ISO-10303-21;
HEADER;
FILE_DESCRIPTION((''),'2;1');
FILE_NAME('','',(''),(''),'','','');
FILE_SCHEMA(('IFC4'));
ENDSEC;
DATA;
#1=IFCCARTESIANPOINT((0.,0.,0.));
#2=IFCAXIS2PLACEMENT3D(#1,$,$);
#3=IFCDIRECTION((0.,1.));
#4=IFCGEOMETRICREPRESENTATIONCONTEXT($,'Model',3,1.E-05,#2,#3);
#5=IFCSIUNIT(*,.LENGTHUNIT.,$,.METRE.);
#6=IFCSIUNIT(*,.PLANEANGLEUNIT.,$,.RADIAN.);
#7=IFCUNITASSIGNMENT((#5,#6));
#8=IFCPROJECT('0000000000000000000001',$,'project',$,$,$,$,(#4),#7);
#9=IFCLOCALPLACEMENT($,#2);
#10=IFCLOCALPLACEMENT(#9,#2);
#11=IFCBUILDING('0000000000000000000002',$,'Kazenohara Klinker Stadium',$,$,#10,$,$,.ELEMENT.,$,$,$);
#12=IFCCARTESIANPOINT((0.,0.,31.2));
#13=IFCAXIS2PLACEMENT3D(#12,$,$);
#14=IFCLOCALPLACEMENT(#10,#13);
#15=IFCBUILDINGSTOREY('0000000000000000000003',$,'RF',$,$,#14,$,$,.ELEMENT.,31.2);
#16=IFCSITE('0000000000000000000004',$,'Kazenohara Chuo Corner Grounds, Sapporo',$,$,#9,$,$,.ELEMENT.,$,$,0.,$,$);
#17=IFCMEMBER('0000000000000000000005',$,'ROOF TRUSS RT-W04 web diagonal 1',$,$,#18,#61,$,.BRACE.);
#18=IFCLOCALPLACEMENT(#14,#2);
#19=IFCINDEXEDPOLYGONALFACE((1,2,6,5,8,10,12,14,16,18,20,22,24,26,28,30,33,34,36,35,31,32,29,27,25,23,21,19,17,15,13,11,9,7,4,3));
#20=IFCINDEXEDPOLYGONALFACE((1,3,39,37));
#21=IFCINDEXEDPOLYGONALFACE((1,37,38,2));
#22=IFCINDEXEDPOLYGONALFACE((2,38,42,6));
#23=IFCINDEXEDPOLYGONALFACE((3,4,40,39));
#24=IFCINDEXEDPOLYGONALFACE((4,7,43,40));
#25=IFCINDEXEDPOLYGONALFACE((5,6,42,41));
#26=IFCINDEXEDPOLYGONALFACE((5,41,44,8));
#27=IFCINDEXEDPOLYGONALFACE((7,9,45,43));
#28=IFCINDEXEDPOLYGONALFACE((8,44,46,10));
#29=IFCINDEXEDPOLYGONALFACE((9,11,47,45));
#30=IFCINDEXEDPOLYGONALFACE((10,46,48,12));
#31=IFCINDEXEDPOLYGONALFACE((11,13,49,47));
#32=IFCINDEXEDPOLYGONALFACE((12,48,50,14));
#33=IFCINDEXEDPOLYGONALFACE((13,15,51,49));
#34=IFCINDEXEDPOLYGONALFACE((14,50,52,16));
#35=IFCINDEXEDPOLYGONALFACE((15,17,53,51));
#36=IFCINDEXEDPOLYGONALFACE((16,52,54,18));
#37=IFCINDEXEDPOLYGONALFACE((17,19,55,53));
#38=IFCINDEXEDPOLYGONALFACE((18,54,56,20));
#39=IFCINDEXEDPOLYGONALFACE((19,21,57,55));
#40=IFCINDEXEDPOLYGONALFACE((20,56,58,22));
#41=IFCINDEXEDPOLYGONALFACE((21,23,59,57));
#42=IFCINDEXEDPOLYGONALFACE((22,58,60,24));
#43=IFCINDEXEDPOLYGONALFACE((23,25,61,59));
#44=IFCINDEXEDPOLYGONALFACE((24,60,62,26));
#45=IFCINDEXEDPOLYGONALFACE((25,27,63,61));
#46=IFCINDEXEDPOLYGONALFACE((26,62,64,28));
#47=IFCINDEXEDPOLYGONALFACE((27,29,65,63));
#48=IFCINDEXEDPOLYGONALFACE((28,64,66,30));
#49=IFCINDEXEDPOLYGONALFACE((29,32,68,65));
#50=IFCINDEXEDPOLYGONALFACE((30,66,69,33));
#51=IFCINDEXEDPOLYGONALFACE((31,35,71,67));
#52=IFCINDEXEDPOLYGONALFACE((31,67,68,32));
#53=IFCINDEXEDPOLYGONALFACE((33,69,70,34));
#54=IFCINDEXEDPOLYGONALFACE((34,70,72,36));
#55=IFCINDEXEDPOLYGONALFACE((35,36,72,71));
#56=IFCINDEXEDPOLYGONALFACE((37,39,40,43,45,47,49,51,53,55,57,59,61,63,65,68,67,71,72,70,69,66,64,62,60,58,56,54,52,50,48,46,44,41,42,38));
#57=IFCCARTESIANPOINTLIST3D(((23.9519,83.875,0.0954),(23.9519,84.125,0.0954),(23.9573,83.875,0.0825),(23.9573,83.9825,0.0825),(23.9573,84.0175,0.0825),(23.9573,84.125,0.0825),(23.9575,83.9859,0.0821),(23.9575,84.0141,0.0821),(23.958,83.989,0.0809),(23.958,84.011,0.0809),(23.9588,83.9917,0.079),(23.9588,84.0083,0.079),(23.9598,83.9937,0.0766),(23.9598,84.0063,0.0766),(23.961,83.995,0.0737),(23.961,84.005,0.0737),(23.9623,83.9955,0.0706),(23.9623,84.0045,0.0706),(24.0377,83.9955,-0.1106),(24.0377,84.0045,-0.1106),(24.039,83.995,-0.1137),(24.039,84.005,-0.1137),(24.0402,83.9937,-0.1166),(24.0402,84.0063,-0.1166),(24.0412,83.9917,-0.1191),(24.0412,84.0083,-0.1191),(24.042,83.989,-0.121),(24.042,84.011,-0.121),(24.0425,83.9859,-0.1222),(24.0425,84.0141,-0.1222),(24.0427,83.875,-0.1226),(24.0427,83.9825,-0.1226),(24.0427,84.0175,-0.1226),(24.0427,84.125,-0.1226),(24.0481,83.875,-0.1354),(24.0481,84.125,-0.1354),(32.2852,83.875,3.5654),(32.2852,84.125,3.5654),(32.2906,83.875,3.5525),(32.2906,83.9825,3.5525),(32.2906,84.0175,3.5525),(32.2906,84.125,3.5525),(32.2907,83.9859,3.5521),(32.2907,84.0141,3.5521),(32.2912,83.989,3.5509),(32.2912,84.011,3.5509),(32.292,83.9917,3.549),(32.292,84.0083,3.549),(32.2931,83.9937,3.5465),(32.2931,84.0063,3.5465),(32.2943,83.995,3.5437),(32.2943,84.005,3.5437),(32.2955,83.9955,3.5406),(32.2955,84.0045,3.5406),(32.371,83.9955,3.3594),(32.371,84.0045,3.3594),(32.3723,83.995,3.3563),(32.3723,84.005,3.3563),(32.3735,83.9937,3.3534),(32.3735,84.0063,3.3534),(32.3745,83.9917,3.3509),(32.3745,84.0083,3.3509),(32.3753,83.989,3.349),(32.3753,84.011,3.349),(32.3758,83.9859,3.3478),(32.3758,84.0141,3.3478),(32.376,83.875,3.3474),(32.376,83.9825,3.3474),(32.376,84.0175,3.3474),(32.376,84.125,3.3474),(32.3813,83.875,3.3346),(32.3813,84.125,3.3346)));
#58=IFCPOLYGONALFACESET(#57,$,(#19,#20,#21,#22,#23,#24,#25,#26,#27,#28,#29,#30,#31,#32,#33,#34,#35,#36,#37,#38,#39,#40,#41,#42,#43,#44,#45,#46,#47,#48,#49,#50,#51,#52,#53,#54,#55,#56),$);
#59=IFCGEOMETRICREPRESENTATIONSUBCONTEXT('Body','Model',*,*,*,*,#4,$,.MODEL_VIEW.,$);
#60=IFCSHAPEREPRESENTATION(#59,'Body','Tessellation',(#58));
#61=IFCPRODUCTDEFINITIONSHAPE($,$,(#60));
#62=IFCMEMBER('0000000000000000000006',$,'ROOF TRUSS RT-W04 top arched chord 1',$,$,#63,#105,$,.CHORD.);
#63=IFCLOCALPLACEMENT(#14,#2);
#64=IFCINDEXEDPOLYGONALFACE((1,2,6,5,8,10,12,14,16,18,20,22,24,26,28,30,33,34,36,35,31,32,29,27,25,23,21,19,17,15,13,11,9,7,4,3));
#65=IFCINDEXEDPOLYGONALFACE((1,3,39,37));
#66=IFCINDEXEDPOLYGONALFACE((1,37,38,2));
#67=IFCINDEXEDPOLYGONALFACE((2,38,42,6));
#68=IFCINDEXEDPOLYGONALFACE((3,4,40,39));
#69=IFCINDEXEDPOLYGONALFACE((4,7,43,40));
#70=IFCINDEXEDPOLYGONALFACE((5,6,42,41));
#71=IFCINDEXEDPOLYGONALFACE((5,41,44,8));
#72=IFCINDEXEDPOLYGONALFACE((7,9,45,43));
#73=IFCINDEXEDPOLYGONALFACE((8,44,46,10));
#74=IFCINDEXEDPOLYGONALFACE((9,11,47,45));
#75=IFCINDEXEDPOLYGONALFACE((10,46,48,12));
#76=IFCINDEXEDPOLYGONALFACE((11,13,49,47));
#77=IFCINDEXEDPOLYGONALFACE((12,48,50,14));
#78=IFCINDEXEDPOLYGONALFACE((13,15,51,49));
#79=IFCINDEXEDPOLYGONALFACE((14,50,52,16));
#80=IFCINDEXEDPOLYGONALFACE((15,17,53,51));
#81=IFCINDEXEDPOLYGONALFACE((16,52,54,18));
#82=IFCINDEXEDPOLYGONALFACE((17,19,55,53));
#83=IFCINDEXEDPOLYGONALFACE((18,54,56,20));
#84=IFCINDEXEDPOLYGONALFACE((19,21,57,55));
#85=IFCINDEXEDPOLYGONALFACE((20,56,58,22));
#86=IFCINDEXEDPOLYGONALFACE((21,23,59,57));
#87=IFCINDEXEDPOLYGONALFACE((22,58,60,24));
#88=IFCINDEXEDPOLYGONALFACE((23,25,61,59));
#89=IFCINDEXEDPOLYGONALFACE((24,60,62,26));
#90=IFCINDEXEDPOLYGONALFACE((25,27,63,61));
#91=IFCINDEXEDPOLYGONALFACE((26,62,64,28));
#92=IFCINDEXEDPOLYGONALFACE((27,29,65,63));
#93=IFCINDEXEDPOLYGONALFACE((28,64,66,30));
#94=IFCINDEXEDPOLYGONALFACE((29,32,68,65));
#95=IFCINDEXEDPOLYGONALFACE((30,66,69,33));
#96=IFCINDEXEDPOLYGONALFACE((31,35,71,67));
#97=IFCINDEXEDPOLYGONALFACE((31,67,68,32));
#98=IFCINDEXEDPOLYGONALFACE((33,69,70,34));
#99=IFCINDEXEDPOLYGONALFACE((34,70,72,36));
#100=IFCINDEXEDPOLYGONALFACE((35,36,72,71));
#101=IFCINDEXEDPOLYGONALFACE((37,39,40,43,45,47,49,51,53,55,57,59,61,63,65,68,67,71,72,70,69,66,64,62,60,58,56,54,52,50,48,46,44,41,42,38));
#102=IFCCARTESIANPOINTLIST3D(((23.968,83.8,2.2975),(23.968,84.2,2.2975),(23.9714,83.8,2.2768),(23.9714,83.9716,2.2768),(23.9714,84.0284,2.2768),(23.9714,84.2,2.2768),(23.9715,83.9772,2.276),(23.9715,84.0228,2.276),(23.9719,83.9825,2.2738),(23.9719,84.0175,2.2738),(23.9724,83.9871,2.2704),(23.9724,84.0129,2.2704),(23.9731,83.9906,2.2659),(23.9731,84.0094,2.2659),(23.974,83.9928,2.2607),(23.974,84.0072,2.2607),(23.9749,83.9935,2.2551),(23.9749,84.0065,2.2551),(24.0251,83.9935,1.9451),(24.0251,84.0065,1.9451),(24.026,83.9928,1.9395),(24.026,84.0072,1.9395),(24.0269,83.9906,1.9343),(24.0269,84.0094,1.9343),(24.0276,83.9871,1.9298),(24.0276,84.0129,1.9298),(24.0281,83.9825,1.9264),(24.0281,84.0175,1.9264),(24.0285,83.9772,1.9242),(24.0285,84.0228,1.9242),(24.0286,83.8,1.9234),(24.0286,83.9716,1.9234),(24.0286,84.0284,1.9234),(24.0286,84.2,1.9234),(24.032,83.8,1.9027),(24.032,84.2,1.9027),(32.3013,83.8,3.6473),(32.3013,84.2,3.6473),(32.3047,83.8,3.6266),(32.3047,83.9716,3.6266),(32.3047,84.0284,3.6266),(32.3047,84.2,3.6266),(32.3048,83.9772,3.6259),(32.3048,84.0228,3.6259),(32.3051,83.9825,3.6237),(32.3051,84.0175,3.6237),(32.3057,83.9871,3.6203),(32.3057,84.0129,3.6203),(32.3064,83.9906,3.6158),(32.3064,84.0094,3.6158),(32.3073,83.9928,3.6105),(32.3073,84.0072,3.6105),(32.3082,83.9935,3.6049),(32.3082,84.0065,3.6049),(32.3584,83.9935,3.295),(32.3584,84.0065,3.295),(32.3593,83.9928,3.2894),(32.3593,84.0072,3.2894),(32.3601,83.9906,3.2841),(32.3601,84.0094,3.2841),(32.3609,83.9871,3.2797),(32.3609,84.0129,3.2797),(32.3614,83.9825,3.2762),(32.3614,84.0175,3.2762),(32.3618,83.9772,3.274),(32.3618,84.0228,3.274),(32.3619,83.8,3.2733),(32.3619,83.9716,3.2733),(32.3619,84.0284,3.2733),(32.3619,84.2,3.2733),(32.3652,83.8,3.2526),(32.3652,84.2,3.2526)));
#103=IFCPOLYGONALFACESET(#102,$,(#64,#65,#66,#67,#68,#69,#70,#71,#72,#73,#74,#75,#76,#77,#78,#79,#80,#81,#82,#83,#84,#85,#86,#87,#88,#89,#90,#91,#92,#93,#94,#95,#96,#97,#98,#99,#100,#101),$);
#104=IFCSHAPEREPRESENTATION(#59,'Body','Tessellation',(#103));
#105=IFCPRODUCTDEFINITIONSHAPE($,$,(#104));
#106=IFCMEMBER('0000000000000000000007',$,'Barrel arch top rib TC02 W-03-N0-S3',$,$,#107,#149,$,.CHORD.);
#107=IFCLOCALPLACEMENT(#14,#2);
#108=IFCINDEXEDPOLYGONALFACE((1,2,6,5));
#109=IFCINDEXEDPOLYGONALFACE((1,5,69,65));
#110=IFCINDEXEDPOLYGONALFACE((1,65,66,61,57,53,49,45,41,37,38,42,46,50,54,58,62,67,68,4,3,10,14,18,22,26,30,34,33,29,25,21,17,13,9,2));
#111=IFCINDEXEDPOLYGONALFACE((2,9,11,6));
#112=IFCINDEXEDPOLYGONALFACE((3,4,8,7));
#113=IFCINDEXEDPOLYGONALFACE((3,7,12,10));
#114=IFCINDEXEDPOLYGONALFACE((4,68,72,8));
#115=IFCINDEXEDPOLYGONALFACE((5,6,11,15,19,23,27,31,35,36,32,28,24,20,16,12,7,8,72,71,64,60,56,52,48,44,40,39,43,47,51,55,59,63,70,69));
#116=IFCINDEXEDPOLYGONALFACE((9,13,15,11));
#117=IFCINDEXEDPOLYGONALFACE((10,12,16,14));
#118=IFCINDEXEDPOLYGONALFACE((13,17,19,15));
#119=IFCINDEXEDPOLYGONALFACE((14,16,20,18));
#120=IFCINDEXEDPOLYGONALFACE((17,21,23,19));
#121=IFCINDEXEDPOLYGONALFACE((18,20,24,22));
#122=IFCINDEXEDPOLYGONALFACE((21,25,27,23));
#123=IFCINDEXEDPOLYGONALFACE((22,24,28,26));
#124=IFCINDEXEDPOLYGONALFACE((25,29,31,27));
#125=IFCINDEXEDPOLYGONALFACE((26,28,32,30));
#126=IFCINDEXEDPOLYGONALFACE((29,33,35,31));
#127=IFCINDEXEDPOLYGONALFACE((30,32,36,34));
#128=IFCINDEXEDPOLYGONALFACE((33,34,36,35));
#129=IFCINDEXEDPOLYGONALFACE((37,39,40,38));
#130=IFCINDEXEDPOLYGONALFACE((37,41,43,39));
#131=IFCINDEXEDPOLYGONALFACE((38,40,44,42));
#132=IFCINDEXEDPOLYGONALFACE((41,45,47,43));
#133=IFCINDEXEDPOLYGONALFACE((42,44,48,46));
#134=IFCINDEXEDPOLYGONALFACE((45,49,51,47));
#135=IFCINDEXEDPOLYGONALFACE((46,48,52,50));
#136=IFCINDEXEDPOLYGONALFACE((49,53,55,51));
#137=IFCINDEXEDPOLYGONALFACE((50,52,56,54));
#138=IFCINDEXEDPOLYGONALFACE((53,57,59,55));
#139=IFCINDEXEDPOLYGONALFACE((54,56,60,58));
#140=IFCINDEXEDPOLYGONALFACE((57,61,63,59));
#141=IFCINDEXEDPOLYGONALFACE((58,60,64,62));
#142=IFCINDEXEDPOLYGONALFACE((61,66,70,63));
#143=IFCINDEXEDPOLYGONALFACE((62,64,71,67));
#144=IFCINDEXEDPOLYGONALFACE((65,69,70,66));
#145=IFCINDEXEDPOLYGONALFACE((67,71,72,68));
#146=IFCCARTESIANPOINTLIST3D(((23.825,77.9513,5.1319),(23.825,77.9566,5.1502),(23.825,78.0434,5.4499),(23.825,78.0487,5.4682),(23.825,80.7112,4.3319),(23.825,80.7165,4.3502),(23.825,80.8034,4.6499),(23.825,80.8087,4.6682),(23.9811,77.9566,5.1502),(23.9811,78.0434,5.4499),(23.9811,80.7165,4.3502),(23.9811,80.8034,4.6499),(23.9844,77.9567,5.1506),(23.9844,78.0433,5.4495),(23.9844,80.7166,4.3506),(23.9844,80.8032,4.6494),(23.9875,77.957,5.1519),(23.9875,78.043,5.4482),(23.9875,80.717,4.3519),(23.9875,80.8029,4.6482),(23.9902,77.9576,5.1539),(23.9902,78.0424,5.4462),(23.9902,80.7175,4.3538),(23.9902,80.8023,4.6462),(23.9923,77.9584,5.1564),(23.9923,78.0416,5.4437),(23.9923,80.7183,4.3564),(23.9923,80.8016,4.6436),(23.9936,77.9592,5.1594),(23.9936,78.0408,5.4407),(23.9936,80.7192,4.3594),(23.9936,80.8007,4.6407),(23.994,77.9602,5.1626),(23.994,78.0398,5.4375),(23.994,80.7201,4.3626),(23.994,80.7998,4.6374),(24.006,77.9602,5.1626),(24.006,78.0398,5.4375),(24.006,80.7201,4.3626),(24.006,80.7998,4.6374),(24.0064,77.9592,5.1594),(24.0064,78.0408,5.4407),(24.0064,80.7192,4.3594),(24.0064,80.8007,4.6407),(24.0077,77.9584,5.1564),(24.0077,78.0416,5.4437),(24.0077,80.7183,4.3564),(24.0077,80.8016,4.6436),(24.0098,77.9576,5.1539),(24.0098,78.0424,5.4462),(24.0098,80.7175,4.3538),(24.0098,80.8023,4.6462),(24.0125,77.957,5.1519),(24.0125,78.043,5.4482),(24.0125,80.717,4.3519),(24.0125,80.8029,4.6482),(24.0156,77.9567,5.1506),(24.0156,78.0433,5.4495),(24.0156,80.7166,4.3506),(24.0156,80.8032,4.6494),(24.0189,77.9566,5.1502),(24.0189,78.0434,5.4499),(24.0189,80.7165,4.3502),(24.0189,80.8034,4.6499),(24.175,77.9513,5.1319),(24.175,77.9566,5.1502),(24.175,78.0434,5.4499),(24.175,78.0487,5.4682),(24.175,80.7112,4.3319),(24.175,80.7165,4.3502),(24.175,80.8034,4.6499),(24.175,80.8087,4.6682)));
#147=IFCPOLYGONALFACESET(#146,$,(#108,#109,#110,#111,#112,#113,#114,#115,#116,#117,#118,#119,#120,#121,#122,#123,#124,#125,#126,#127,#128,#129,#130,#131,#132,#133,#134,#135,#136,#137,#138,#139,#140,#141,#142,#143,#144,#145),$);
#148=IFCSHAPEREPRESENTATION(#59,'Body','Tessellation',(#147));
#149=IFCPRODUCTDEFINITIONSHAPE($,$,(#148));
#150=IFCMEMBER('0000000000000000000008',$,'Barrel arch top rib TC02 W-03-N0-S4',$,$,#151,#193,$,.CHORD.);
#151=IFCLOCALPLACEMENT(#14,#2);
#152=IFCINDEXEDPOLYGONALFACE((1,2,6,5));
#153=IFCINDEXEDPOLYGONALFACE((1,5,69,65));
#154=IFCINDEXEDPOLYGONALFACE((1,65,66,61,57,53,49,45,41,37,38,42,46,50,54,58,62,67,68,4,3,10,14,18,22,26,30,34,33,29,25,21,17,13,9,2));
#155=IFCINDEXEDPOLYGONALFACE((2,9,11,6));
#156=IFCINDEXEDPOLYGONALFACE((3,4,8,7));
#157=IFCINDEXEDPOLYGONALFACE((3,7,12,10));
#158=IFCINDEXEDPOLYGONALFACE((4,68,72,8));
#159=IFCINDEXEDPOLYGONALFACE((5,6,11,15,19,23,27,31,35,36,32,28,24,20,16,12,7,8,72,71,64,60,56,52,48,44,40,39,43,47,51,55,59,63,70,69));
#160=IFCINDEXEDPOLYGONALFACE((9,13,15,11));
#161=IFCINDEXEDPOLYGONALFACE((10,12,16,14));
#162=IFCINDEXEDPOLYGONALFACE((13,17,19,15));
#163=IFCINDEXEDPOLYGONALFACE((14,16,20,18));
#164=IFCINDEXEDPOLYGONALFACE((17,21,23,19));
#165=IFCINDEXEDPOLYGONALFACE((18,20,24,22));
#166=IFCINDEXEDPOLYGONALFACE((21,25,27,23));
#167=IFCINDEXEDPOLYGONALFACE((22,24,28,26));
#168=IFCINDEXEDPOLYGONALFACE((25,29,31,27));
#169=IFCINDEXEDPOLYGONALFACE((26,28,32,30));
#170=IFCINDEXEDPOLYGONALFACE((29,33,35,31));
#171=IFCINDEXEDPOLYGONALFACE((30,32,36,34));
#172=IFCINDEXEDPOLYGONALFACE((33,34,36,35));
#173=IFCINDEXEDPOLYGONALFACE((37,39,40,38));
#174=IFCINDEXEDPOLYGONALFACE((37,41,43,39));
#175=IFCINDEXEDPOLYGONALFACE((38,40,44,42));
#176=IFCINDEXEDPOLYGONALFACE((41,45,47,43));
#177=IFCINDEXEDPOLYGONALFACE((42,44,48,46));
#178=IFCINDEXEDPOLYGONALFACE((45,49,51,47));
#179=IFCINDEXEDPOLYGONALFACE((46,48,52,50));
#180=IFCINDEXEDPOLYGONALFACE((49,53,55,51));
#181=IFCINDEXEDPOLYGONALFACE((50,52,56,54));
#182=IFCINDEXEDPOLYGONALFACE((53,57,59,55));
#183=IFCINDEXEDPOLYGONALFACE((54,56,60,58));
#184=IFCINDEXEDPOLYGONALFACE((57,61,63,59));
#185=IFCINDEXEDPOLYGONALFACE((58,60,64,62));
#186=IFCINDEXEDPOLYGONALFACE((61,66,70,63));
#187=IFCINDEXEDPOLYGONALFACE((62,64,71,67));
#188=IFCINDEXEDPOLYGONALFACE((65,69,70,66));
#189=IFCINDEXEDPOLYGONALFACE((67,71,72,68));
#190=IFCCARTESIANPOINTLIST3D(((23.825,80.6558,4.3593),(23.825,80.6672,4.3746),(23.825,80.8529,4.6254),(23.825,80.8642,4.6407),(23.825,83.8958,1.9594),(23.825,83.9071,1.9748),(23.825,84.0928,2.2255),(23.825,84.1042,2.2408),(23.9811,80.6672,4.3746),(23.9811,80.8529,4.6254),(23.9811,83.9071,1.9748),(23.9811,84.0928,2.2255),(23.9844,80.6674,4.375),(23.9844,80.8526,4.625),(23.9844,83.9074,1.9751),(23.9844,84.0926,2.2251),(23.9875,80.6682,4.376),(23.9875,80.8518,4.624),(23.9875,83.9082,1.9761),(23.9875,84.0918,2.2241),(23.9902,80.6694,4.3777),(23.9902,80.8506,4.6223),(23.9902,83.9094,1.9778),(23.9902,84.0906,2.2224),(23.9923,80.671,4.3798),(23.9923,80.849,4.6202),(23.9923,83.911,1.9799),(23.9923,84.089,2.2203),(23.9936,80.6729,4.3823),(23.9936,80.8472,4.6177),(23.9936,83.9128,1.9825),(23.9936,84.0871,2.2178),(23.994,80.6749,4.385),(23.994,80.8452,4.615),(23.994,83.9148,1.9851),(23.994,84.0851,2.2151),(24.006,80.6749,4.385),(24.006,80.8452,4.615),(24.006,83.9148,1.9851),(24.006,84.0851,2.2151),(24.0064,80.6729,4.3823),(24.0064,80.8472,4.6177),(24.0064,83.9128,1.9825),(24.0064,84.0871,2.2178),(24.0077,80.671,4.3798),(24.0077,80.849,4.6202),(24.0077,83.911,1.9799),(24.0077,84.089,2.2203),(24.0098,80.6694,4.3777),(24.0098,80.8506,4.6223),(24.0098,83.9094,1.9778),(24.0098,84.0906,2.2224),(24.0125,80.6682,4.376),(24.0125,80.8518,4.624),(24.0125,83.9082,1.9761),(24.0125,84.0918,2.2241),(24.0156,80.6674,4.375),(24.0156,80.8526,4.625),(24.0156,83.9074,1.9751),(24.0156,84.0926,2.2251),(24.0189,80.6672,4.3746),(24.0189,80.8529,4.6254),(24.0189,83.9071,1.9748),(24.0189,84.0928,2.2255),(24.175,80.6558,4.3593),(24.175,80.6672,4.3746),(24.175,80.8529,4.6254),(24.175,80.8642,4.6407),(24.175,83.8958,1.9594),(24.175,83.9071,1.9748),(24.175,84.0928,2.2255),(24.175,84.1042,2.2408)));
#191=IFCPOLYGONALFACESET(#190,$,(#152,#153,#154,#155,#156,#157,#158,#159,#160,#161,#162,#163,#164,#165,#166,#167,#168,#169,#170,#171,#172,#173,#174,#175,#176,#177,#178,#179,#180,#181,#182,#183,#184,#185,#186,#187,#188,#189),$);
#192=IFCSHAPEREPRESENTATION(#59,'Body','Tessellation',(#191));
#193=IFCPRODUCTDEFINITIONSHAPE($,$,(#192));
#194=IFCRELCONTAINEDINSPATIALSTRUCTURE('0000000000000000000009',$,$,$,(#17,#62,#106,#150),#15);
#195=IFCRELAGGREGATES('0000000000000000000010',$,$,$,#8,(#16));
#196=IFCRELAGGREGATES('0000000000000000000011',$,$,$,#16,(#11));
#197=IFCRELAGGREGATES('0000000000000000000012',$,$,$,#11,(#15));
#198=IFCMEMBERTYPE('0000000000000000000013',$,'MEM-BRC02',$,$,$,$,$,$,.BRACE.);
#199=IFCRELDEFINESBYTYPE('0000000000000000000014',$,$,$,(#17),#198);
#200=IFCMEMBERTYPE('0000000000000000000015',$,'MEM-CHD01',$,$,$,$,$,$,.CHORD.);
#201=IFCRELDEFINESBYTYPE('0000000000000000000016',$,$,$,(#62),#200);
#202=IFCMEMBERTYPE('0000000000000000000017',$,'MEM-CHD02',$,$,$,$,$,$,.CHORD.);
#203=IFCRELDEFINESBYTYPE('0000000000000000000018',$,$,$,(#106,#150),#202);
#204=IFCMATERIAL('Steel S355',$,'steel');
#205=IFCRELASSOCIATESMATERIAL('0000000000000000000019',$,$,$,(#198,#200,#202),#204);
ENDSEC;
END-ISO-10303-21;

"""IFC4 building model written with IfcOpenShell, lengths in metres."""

from ifc_helpers import new_model, si_unit, direction, frame, origin, origin_2d, place, context, subcontext, project, spatial, i_section, extrude, material, material_profile, profile_set, type_object, element, save


model = new_model("IFC4")

# Units and contexts
model_context = context("Model", 3, precision=1e-05, world=origin(), true_north=direction((0.0, 1.0)))
body_context = subcontext(model_context, "Body", "Model", "MODEL_VIEW")
ifc_project = project(units=[si_unit("LENGTHUNIT", "METRE"), si_unit("PLANEANGLEUNIT", "RADIAN")], contexts=[model_context])

# Site, building, storey
site_placement = place(None, origin())
site = spatial("IfcSite", under=ifc_project, at=site_placement, Name="Kazenohara Chuo Corner Grounds, Sapporo", CompositionType="ELEMENT", RefElevation=0.0)
building_placement = place(site_placement, origin())
building = spatial("IfcBuilding", under=site, at=building_placement, Name="Kazenohara Klinker Stadium", CompositionType="ELEMENT")
storey_placement = place(building_placement, frame((0.0, 0.0, 31.2)))
storey = spatial("IfcBuildingStorey", under=building, at=storey_placement, Name="RF", CompositionType="ELEMENT", Elevation=31.2)

# Members
ifc_material_1 = material(Name="Steel S355", Category="steel")
ifc_material_profile_1 = material_profile(ifc_material_1, i_section(OverallWidth=0.25, OverallDepth=0.25, WebThickness=0.009, FlangeThickness=0.0139, FilletRadius=0.0129, at=origin_2d()), Name="H-250x250x9x14")
ifc_profile_set_1 = profile_set([ifc_material_profile_1], Name="Steel S355")
member_type_1 = type_object("IfcMemberType", Name="MEM-BRC02", PredefinedType="BRACE", material=ifc_profile_set_1)
member_1_placement = place(storey_placement, frame((24.0, 84.0, -0.02), z_axis=(0.923164, 0.0, 0.384406), x_axis=(0.0, 1.0, 0.0)))
element("IfcMember", 1, at=member_1_placement, inside=storey, type_object=member_type_1, Name="ROOF TRUSS RT-W04 web diagonal 1", PredefinedType="BRACE", context=body_context, shape_type="SweptSolid", body=[
    extrude(i_section(OverallWidth=0.25, OverallDepth=0.25, WebThickness=0.009, FlangeThickness=0.0139, FilletRadius=0.0129, at=origin_2d()), origin(), (0.0, 0.0, 1.0), 9.0269),
])
ifc_material_profile_2 = material_profile(ifc_material_1, i_section(OverallWidth=0.3999, OverallDepth=0.3999, WebThickness=0.0129, FlangeThickness=0.021, FilletRadius=0.022, at=origin_2d()), Name="H-400x400x13x21")
ifc_profile_set_2 = profile_set([ifc_material_profile_2], Name="Steel S355")
member_type_2 = type_object("IfcMemberType", Name="MEM-CHD01", PredefinedType="CHORD", material=ifc_profile_set_2)
member_2_placement = place(storey_placement, frame((24.0, 84.0, 2.1001), z_axis=(0.987133, 0.0, 0.1599), x_axis=(0.0, 1.0, 0.0)))
element("IfcMember", 2, at=member_2_placement, inside=storey, type_object=member_type_2, Name="ROOF TRUSS RT-W04 top arched chord 1", PredefinedType="CHORD", context=body_context, shape_type="SweptSolid", body=[
    extrude(i_section(OverallWidth=0.3999, OverallDepth=0.3999, WebThickness=0.0129, FlangeThickness=0.021, FilletRadius=0.022, at=origin_2d()), origin(), (0.0, 0.0, 1.0), 8.4419),
])
ifc_material_profile_3 = material_profile(ifc_material_1, i_section(OverallWidth=0.3501, OverallDepth=0.3501, WebThickness=0.012, FlangeThickness=0.019, FilletRadius=0.0129, at=origin_2d()), Name="H-350x350x12x19")
ifc_profile_set_3 = profile_set([ifc_material_profile_3], Name="Steel S355")
member_type_3 = type_object("IfcMemberType", Name="MEM-CHD02", PredefinedType="CHORD", material=ifc_profile_set_3)
member_3_placement = place(storey_placement, frame((24.0, 78.0, 5.3), z_axis=(0.0, 0.960462, -0.278411), x_axis=(-1.0, 0.0, 0.0)))
element("IfcMember", 3, at=member_3_placement, inside=storey, type_object=member_type_3, Name="Barrel arch top rib TC02 W-03-N0-S3", PredefinedType="CHORD", context=body_context, shape_type="SweptSolid", body=[
    extrude(i_section(OverallWidth=0.3501, OverallDepth=0.3501, WebThickness=0.012, FlangeThickness=0.019, FilletRadius=0.0129, at=origin_2d()), origin(), (0.0, 0.0, 1.0), 2.8735),
])
member_4_placement = place(storey_placement, frame((24.0, 80.76, 4.5), z_axis=(0.0, 0.803568, -0.595213), x_axis=(-1.0, 0.0, 0.0)))
element("IfcMember", 4, at=member_4_placement, inside=storey, type_object=member_type_3, Name="Barrel arch top rib TC02 W-03-N0-S4", PredefinedType="CHORD", context=body_context, shape_type="SweptSolid", body=[
    extrude(i_section(OverallWidth=0.3501, OverallDepth=0.3501, WebThickness=0.012, FlangeThickness=0.019, FilletRadius=0.0129, at=origin_2d()), origin(), (0.0, 0.0, 1.0), 4.032),
])

save(model, "model.ifc")
